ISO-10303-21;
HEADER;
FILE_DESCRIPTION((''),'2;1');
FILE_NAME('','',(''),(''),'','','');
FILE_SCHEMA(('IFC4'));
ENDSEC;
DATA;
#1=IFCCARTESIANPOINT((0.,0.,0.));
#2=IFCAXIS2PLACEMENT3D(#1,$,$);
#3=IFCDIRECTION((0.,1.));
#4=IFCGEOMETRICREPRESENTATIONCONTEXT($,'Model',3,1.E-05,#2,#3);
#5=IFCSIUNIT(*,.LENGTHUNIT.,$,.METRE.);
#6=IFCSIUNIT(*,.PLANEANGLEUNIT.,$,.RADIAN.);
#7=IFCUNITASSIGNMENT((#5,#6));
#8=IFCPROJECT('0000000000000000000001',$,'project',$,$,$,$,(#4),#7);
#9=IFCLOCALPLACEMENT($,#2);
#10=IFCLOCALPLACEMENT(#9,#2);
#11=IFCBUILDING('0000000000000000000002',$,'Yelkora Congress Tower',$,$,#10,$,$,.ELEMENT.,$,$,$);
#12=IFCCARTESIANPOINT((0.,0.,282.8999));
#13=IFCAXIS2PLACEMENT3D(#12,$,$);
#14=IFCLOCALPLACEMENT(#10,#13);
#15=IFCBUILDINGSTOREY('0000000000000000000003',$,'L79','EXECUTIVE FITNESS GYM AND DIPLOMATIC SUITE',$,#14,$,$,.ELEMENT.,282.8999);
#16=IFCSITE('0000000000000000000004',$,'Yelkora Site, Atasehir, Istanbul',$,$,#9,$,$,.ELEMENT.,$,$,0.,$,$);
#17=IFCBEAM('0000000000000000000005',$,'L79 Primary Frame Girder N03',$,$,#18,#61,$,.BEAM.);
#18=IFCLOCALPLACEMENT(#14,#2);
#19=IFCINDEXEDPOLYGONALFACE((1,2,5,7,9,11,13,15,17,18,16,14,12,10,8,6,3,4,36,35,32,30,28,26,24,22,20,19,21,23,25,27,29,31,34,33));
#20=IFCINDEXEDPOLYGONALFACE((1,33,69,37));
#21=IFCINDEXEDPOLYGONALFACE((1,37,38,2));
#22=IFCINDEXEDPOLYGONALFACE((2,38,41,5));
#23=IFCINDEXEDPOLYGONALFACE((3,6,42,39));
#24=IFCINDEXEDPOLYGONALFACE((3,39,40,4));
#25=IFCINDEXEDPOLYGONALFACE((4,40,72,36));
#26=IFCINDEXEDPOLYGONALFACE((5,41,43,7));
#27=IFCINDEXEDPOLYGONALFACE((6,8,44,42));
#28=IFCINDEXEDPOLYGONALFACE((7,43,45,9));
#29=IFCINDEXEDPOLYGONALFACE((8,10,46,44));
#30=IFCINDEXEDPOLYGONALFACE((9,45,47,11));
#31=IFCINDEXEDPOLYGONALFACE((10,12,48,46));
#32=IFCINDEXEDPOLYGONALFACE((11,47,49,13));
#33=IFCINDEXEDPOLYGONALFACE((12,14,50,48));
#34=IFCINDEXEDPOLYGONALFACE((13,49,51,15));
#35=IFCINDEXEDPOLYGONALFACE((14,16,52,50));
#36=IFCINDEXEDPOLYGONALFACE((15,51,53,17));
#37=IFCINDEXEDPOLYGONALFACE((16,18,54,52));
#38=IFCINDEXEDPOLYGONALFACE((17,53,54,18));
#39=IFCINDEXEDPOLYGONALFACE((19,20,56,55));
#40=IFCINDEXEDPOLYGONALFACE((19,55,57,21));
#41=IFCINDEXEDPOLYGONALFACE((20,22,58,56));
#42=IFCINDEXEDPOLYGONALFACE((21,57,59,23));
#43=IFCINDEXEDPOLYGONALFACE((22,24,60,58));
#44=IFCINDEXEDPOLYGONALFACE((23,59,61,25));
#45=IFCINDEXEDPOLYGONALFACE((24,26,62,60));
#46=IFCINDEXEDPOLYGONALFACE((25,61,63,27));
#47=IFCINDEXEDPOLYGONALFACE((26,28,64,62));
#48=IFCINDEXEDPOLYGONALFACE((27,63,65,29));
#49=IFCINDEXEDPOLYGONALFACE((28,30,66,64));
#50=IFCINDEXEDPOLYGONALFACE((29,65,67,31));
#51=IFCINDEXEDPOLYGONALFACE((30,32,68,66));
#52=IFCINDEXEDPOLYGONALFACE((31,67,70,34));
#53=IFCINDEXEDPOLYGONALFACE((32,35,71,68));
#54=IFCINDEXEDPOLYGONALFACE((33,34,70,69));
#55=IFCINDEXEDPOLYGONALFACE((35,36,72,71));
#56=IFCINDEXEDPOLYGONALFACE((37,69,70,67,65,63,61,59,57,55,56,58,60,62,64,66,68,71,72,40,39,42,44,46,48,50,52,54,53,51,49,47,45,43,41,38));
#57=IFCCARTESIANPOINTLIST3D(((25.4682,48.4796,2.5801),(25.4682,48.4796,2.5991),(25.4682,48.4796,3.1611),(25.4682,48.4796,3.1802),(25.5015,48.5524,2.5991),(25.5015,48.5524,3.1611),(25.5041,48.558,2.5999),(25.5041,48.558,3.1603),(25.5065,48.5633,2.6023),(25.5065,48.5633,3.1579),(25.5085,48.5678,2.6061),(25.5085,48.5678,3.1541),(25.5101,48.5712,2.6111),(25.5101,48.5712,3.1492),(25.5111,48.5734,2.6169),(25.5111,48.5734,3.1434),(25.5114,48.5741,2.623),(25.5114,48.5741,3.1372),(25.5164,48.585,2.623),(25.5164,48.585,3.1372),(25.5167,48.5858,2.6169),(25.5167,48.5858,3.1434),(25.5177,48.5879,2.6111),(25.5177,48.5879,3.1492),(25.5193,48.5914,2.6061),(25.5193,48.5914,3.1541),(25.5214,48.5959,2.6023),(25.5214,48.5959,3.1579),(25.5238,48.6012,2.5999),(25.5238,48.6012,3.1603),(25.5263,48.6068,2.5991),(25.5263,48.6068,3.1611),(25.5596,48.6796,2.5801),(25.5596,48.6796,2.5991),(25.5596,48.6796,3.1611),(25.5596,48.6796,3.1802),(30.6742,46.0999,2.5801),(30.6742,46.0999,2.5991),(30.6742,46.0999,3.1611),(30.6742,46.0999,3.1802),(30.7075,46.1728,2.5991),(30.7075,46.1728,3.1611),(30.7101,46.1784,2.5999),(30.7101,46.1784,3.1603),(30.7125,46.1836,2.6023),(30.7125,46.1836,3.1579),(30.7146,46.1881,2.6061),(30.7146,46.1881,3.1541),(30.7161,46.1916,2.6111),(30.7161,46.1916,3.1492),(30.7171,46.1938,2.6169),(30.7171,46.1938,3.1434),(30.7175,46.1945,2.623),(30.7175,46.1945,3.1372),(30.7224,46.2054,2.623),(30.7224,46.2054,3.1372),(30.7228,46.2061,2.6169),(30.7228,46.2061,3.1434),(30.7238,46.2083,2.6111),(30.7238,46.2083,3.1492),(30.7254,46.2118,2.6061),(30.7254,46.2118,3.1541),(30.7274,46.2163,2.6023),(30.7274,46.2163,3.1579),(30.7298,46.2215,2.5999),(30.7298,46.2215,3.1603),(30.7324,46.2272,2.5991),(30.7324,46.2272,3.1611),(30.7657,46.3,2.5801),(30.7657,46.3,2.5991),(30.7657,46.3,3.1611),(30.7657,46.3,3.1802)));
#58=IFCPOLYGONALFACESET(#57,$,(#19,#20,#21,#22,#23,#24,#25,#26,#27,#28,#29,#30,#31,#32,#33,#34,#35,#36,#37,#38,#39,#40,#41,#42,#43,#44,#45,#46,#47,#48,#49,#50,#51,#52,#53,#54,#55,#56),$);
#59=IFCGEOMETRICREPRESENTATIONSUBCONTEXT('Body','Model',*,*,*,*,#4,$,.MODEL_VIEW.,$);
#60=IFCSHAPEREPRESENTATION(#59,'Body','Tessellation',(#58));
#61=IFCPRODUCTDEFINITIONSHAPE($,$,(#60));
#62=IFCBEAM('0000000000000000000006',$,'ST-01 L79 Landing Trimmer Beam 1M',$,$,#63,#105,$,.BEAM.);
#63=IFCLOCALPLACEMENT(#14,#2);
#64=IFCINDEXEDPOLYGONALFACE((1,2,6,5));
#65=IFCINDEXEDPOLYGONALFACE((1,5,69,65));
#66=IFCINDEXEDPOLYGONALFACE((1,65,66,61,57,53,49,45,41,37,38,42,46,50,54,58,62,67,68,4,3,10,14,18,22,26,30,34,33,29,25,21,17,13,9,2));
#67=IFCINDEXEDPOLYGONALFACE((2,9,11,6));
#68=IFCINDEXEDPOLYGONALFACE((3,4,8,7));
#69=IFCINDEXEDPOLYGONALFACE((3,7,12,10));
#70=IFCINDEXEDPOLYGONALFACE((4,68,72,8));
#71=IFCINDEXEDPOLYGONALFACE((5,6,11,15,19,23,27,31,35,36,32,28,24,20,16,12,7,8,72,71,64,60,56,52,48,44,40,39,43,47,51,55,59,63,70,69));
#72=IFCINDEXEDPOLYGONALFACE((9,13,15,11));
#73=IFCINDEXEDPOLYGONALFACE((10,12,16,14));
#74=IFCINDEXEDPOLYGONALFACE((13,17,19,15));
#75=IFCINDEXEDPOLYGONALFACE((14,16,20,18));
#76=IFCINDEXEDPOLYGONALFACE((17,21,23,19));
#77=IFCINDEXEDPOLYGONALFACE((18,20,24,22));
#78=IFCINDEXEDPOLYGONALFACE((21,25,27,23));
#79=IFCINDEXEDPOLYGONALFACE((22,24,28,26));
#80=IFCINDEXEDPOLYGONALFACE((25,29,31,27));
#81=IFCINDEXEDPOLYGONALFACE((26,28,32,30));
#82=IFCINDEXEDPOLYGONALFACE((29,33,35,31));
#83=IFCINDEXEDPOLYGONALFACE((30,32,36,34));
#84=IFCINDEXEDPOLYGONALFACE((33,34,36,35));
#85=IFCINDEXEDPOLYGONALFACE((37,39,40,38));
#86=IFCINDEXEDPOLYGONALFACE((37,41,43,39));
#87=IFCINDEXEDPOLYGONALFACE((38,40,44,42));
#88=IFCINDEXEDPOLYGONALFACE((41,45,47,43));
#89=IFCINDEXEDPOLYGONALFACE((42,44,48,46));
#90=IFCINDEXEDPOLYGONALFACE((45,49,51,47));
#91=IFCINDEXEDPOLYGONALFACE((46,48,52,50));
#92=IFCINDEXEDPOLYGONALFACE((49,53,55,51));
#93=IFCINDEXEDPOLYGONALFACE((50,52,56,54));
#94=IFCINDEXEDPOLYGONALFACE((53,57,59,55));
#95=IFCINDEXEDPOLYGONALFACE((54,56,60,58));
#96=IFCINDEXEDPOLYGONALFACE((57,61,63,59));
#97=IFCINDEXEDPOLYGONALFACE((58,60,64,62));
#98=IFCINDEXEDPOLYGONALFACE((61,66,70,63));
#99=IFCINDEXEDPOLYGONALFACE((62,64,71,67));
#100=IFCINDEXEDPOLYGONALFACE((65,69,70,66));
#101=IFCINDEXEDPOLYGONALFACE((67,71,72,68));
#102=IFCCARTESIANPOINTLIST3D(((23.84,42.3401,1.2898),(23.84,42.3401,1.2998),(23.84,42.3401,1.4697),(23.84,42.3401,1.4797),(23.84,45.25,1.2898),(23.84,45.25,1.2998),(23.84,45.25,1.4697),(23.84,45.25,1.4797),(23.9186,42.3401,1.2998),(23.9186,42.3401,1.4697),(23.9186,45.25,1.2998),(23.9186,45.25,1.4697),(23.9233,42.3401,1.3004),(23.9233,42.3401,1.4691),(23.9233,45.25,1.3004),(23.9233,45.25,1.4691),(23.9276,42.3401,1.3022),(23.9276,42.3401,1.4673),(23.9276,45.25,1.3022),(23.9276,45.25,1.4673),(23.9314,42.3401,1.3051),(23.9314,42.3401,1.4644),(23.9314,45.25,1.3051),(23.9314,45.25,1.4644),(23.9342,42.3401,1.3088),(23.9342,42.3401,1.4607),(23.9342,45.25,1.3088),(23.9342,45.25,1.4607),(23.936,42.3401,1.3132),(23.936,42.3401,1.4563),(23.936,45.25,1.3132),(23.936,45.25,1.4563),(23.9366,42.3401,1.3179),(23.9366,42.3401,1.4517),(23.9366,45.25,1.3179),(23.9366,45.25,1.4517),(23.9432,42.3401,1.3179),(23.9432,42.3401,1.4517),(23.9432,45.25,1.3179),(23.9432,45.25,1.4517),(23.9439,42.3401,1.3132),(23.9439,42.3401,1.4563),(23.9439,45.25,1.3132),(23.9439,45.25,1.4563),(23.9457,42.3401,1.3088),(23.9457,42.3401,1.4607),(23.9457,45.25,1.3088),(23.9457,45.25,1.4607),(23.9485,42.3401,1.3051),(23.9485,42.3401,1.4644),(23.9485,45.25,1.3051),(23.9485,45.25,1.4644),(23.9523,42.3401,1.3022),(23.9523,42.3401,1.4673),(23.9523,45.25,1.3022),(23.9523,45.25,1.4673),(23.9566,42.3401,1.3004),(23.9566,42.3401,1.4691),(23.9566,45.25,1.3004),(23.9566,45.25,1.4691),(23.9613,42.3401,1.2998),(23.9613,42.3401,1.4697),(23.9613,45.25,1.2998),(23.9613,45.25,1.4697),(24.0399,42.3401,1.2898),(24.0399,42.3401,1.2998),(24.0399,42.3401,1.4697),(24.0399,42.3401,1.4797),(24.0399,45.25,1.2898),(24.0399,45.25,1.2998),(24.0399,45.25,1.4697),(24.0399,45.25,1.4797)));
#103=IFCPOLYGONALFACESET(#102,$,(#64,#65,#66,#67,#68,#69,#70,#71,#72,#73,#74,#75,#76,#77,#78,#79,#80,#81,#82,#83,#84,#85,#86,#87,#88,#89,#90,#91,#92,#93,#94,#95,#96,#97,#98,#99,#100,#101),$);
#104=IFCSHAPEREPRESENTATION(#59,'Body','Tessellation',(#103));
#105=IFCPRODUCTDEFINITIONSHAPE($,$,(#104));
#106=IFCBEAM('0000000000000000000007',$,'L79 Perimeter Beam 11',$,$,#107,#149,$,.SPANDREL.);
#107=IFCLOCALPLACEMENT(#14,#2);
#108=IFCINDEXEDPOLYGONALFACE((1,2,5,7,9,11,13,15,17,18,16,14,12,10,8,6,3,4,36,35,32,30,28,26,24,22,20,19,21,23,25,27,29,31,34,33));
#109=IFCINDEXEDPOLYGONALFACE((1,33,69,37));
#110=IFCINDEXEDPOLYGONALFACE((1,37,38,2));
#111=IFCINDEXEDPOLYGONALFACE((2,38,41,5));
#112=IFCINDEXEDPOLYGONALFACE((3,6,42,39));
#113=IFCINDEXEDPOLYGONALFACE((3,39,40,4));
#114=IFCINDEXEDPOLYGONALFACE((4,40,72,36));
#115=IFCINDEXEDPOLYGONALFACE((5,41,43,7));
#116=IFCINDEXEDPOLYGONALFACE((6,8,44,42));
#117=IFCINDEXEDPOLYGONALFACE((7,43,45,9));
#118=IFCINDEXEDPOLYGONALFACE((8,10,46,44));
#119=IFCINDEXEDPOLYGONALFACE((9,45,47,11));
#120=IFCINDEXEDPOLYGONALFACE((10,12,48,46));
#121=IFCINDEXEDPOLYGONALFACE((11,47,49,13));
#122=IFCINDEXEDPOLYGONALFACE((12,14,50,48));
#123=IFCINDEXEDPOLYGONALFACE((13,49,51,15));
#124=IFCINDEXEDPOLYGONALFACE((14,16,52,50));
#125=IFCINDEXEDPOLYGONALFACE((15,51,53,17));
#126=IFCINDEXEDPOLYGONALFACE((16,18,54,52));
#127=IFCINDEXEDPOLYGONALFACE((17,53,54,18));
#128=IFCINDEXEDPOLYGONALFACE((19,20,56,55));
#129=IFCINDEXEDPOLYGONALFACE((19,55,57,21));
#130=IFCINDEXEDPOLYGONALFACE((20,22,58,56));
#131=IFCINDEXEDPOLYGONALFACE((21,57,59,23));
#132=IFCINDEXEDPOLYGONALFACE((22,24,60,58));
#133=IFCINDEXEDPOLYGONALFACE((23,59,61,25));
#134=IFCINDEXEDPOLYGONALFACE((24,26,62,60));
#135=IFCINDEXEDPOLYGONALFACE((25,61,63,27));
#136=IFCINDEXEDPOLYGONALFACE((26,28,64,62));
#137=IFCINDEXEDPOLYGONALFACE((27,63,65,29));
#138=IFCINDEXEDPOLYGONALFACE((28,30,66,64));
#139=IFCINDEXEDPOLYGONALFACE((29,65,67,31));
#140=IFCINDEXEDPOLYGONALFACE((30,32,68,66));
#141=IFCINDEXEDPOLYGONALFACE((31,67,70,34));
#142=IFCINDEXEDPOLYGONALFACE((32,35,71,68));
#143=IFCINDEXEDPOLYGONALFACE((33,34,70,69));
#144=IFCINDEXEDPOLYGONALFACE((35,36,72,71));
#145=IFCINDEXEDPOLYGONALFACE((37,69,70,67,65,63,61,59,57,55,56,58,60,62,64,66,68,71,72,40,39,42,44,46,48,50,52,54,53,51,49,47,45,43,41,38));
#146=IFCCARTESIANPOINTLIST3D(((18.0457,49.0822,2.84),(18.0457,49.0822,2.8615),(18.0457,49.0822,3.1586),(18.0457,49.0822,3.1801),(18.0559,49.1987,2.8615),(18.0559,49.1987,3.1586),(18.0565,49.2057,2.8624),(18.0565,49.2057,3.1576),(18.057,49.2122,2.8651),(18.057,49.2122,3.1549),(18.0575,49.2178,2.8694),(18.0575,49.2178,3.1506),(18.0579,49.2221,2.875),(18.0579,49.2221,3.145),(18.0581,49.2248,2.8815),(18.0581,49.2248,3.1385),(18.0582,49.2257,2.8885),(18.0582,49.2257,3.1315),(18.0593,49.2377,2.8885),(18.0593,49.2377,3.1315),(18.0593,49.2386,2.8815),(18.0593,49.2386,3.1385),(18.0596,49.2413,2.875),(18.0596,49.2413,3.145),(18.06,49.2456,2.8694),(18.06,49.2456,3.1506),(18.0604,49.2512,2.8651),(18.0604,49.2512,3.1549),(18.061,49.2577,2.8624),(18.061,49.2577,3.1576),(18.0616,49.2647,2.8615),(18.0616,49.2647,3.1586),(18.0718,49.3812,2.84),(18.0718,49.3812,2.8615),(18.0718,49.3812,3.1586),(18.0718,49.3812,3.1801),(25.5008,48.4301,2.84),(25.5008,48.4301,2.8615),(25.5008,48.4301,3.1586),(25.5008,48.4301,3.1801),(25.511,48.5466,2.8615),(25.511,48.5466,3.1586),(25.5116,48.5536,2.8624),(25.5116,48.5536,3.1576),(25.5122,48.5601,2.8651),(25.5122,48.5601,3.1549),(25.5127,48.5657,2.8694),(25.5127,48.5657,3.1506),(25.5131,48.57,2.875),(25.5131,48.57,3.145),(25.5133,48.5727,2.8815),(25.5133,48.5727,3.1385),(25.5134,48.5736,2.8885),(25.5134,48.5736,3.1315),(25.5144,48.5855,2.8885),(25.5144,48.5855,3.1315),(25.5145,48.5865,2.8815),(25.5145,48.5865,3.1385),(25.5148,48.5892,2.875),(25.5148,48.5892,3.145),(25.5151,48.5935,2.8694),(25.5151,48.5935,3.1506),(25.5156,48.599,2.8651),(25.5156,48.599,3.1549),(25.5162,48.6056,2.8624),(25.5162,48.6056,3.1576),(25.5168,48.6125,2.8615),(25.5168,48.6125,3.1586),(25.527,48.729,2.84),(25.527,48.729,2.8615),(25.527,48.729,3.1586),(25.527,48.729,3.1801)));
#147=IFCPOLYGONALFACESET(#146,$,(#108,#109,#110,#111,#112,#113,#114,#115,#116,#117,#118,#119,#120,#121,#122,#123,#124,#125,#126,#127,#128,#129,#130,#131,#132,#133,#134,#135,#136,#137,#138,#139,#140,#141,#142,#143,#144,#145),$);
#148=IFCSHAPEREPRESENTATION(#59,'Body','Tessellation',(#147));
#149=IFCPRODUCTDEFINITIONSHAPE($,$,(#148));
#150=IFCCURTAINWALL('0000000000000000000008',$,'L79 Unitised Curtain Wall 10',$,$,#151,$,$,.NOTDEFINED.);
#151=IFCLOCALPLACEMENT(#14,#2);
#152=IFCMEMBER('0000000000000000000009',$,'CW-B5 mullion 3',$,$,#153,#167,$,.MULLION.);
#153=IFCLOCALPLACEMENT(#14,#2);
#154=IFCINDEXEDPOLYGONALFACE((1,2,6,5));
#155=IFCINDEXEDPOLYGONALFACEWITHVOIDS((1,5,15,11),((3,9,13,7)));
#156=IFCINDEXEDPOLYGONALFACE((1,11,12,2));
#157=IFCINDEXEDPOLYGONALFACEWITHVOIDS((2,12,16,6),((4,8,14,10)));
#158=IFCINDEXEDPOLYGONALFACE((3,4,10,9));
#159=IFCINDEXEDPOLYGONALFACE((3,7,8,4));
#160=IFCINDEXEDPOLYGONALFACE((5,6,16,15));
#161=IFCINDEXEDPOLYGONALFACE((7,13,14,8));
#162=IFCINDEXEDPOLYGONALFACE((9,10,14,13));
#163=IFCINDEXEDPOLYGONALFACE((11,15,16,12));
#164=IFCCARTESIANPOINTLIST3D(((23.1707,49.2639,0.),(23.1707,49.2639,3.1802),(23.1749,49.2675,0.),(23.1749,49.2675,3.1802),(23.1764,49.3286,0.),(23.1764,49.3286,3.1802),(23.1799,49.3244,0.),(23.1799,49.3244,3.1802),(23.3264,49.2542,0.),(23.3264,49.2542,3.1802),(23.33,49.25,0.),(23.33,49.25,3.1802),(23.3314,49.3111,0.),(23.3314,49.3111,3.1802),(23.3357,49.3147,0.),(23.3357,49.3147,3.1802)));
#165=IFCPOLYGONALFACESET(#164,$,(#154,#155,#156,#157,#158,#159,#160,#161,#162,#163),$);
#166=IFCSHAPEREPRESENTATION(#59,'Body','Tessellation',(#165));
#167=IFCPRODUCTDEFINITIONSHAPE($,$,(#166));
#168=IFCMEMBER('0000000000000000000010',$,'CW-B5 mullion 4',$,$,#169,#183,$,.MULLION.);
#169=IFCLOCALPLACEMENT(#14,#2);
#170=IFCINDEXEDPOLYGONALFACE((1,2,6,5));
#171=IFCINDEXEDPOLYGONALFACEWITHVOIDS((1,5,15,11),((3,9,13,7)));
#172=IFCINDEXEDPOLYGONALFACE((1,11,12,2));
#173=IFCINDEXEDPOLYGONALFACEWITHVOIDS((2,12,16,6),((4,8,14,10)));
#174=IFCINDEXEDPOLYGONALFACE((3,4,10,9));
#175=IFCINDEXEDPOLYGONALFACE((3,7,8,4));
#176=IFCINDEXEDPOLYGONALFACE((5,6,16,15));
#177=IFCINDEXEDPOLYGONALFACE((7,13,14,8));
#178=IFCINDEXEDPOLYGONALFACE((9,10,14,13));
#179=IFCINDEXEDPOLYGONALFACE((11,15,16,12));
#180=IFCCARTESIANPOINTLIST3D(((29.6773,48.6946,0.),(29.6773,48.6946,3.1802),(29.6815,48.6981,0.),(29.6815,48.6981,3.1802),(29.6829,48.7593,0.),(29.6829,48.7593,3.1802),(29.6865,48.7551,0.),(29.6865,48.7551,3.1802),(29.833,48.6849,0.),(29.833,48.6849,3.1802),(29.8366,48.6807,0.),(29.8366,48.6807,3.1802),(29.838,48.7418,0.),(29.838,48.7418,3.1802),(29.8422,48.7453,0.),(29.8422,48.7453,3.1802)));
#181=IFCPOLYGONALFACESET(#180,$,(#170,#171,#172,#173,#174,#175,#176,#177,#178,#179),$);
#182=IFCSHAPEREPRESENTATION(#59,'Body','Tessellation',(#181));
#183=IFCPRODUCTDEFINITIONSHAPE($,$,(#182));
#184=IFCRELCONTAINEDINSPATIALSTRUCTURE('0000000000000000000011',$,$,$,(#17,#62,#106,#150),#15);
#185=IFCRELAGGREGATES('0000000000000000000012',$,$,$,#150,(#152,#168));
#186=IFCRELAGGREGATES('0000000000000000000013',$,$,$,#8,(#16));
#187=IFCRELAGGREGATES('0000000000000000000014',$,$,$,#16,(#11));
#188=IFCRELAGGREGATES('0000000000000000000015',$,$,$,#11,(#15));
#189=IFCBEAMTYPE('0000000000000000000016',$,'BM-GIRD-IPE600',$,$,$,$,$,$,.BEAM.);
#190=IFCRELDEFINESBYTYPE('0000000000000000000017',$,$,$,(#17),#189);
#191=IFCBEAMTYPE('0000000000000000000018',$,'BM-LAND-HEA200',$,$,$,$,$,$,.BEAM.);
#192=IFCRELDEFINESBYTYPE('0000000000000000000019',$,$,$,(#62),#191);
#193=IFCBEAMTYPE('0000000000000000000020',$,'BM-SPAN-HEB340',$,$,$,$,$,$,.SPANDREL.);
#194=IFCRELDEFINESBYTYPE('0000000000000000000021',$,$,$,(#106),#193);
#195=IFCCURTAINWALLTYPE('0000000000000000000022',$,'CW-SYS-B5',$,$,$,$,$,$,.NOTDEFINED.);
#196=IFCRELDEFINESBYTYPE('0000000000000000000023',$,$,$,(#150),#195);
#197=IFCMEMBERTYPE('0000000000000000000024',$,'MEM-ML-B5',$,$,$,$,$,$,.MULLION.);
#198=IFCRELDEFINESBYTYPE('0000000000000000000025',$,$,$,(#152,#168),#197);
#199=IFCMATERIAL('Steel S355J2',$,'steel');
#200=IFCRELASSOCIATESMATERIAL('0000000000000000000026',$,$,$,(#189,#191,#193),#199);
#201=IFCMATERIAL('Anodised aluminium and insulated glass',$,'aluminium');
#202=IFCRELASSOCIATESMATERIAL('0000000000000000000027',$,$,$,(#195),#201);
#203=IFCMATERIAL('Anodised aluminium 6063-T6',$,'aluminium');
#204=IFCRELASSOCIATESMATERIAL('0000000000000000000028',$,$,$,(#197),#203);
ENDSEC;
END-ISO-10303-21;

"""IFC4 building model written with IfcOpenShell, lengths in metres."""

from ifc_helpers import new_model, si_unit, direction, frame, origin, origin_2d, place, context, subcontext, project, spatial, hollow_rectangle, i_section, extrude, material, material_profile, profile_set, type_object, element, aggregate, save


model = new_model("IFC4")

# Units and contexts
model_context = context("Model", 3, precision=1e-05, world=origin(), true_north=direction((0.0, 1.0)))
body_context = subcontext(model_context, "Body", "Model", "MODEL_VIEW")
ifc_project = project(units=[si_unit("LENGTHUNIT", "METRE"), si_unit("PLANEANGLEUNIT", "RADIAN")], contexts=[model_context])

# Site, building, storey
site_placement = place(None, origin())
site = spatial("IfcSite", under=ifc_project, at=site_placement, Name="Yelkora Site, Atasehir, Istanbul", CompositionType="ELEMENT", RefElevation=0.0)
building_placement = place(site_placement, origin())
building = spatial("IfcBuilding", under=site, at=building_placement, Name="Yelkora Congress Tower", CompositionType="ELEMENT")
storey_placement = place(building_placement, frame((0.0, 0.0, 282.8999)))
storey = spatial("IfcBuildingStorey", under=building, at=storey_placement, Name="L79", Description="EXECUTIVE FITNESS GYM AND DIPLOMATIC SUITE", CompositionType="ELEMENT", Elevation=282.8999)

# Shared definitions
ifc_material_1 = material(Name="Steel S355J2", Category="steel")

# Beams
ifc_material_profile_1 = material_profile(ifc_material_1, i_section(OverallWidth=0.22, OverallDepth=0.6001, WebThickness=0.012, FlangeThickness=0.019, FilletRadius=0.0239, at=origin_2d()), Name="IPE 600")
ifc_profile_set_1 = profile_set([ifc_material_profile_1], Name="Steel S355J2")
beam_type_1 = type_object("IfcBeamType", Name="BM-GIRD-IPE600", PredefinedType="BEAM", material=ifc_profile_set_1)
beam_1_placement = place(storey_placement, frame((25.5139, 48.5796, 2.8801), z_axis=(0.909492, -0.41572, 0.0), x_axis=(0.41572, 0.909492, 0.0)))
element("IfcBeam", 1, at=beam_1_placement, inside=storey, type_object=beam_type_1, Name="L79 Primary Frame Girder N03", PredefinedType="BEAM", context=body_context, shape_type="SweptSolid", body=[
    extrude(i_section(OverallWidth=0.22, OverallDepth=0.6001, WebThickness=0.012, FlangeThickness=0.019, FilletRadius=0.0239, at=origin_2d()), origin(), (0.0, 0.0, 1.0), 5.7241),
])
ifc_material_profile_2 = material_profile(ifc_material_1, i_section(OverallWidth=0.2, OverallDepth=0.1899, WebThickness=0.0066, FlangeThickness=0.01, FilletRadius=0.0181, at=origin_2d()), Name="HEA 200")
ifc_profile_set_2 = profile_set([ifc_material_profile_2], Name="Steel S355J2")
beam_type_2 = type_object("IfcBeamType", Name="BM-LAND-HEA200", PredefinedType="BEAM", material=ifc_profile_set_2)
beam_2_placement = place(storey_placement, frame((23.9399, 42.3401, 1.3848), z_axis=(0.0, 1.0, 0.0), x_axis=(-1.0, 0.0, 0.0)))
element("IfcBeam", 2, at=beam_2_placement, inside=storey, type_object=beam_type_2, Name="ST-01 L79 Landing Trimmer Beam 1M", PredefinedType="BEAM", context=body_context, shape_type="SweptSolid", body=[
    extrude(i_section(OverallWidth=0.2, OverallDepth=0.1899, WebThickness=0.0066, FlangeThickness=0.01, FilletRadius=0.0181, at=origin_2d()), origin(), (0.0, 0.0, 1.0), 2.9099),
])
ifc_material_profile_3 = material_profile(ifc_material_1, i_section(OverallWidth=0.3, OverallDepth=0.3401, WebThickness=0.012, FlangeThickness=0.0215, FilletRadius=0.0271, at=origin_2d()), Name="HEB 340")
ifc_profile_set_3 = profile_set([ifc_material_profile_3], Name="Steel S355J2")
beam_type_3 = type_object("IfcBeamType", Name="BM-SPAN-HEB340", PredefinedType="SPANDREL", material=ifc_profile_set_3)
beam_3_placement = place(storey_placement, frame((25.5139, 48.5796, 3.01), z_axis=(-0.996196, 0.087138, 0.0), x_axis=(-0.087138, -0.996196, 0.0)))
element("IfcBeam", 3, at=beam_3_placement, inside=storey, type_object=beam_type_3, Name="L79 Perimeter Beam 11", PredefinedType="SPANDREL", context=body_context, shape_type="SweptSolid", body=[
    extrude(i_section(OverallWidth=0.3, OverallDepth=0.3401, WebThickness=0.012, FlangeThickness=0.0215, FilletRadius=0.0271, at=origin_2d()), origin(), (0.0, 0.0, 1.0), 7.4836),
])

# Curtain wall, members
ifc_material_2 = material(Name="Anodised aluminium and insulated glass", Category="aluminium")
curtain_wall_type = type_object("IfcCurtainWallType", Name="CW-SYS-B5", PredefinedType="NOTDEFINED", material=ifc_material_2)
curtain_wall_placement = place(storey_placement, origin())
curtain_wall = element("IfcCurtainWall", 4, at=curtain_wall_placement, inside=storey, type_object=curtain_wall_type, Name="L79 Unitised Curtain Wall 10", PredefinedType="NOTDEFINED")
ifc_material_3 = material(Name="Anodised aluminium 6063-T6", Category="aluminium")
ifc_material_profile_4 = material_profile(ifc_material_3, hollow_rectangle(XDim=0.0649, YDim=0.1599, WallThickness=0.0039, at=origin_2d()), Name="ALU 65x160x4")
ifc_profile_set_4 = profile_set([ifc_material_profile_4], Name="Anodised aluminium 6063-T6")
member_type_1 = type_object("IfcMemberType", Name="MEM-ML-B5", PredefinedType="MULLION", material=ifc_profile_set_4)
member_1_placement = place(storey_placement, frame((23.2532, 49.2893, 0.0), z_axis=(0.0, 0.0, 1.0), x_axis=(0.087157, 0.996195, 0.0)))
member_1 = element("IfcMember", 5, at=member_1_placement, type_object=member_type_1, Name="CW-B5 mullion 3", PredefinedType="MULLION", context=body_context, shape_type="SweptSolid", body=[
    extrude(hollow_rectangle(XDim=0.0649, YDim=0.1599, WallThickness=0.0039, at=origin_2d()), origin(), (0.0, 0.0, 1.0), 3.1802),
])
member_2_placement = place(storey_placement, frame((29.7598, 48.72, 0.0), z_axis=(0.0, 0.0, 1.0), x_axis=(0.087157, 0.996195, 0.0)))
member_2 = element("IfcMember", 6, at=member_2_placement, type_object=member_type_1, Name="CW-B5 mullion 4", PredefinedType="MULLION", context=body_context, shape_type="SweptSolid", body=[
    extrude(hollow_rectangle(XDim=0.0649, YDim=0.1599, WallThickness=0.0039, at=origin_2d()), origin(), (0.0, 0.0, 1.0), 3.1802),
])
aggregate(curtain_wall, [member_1, member_2])

save(model, "model.ifc")
